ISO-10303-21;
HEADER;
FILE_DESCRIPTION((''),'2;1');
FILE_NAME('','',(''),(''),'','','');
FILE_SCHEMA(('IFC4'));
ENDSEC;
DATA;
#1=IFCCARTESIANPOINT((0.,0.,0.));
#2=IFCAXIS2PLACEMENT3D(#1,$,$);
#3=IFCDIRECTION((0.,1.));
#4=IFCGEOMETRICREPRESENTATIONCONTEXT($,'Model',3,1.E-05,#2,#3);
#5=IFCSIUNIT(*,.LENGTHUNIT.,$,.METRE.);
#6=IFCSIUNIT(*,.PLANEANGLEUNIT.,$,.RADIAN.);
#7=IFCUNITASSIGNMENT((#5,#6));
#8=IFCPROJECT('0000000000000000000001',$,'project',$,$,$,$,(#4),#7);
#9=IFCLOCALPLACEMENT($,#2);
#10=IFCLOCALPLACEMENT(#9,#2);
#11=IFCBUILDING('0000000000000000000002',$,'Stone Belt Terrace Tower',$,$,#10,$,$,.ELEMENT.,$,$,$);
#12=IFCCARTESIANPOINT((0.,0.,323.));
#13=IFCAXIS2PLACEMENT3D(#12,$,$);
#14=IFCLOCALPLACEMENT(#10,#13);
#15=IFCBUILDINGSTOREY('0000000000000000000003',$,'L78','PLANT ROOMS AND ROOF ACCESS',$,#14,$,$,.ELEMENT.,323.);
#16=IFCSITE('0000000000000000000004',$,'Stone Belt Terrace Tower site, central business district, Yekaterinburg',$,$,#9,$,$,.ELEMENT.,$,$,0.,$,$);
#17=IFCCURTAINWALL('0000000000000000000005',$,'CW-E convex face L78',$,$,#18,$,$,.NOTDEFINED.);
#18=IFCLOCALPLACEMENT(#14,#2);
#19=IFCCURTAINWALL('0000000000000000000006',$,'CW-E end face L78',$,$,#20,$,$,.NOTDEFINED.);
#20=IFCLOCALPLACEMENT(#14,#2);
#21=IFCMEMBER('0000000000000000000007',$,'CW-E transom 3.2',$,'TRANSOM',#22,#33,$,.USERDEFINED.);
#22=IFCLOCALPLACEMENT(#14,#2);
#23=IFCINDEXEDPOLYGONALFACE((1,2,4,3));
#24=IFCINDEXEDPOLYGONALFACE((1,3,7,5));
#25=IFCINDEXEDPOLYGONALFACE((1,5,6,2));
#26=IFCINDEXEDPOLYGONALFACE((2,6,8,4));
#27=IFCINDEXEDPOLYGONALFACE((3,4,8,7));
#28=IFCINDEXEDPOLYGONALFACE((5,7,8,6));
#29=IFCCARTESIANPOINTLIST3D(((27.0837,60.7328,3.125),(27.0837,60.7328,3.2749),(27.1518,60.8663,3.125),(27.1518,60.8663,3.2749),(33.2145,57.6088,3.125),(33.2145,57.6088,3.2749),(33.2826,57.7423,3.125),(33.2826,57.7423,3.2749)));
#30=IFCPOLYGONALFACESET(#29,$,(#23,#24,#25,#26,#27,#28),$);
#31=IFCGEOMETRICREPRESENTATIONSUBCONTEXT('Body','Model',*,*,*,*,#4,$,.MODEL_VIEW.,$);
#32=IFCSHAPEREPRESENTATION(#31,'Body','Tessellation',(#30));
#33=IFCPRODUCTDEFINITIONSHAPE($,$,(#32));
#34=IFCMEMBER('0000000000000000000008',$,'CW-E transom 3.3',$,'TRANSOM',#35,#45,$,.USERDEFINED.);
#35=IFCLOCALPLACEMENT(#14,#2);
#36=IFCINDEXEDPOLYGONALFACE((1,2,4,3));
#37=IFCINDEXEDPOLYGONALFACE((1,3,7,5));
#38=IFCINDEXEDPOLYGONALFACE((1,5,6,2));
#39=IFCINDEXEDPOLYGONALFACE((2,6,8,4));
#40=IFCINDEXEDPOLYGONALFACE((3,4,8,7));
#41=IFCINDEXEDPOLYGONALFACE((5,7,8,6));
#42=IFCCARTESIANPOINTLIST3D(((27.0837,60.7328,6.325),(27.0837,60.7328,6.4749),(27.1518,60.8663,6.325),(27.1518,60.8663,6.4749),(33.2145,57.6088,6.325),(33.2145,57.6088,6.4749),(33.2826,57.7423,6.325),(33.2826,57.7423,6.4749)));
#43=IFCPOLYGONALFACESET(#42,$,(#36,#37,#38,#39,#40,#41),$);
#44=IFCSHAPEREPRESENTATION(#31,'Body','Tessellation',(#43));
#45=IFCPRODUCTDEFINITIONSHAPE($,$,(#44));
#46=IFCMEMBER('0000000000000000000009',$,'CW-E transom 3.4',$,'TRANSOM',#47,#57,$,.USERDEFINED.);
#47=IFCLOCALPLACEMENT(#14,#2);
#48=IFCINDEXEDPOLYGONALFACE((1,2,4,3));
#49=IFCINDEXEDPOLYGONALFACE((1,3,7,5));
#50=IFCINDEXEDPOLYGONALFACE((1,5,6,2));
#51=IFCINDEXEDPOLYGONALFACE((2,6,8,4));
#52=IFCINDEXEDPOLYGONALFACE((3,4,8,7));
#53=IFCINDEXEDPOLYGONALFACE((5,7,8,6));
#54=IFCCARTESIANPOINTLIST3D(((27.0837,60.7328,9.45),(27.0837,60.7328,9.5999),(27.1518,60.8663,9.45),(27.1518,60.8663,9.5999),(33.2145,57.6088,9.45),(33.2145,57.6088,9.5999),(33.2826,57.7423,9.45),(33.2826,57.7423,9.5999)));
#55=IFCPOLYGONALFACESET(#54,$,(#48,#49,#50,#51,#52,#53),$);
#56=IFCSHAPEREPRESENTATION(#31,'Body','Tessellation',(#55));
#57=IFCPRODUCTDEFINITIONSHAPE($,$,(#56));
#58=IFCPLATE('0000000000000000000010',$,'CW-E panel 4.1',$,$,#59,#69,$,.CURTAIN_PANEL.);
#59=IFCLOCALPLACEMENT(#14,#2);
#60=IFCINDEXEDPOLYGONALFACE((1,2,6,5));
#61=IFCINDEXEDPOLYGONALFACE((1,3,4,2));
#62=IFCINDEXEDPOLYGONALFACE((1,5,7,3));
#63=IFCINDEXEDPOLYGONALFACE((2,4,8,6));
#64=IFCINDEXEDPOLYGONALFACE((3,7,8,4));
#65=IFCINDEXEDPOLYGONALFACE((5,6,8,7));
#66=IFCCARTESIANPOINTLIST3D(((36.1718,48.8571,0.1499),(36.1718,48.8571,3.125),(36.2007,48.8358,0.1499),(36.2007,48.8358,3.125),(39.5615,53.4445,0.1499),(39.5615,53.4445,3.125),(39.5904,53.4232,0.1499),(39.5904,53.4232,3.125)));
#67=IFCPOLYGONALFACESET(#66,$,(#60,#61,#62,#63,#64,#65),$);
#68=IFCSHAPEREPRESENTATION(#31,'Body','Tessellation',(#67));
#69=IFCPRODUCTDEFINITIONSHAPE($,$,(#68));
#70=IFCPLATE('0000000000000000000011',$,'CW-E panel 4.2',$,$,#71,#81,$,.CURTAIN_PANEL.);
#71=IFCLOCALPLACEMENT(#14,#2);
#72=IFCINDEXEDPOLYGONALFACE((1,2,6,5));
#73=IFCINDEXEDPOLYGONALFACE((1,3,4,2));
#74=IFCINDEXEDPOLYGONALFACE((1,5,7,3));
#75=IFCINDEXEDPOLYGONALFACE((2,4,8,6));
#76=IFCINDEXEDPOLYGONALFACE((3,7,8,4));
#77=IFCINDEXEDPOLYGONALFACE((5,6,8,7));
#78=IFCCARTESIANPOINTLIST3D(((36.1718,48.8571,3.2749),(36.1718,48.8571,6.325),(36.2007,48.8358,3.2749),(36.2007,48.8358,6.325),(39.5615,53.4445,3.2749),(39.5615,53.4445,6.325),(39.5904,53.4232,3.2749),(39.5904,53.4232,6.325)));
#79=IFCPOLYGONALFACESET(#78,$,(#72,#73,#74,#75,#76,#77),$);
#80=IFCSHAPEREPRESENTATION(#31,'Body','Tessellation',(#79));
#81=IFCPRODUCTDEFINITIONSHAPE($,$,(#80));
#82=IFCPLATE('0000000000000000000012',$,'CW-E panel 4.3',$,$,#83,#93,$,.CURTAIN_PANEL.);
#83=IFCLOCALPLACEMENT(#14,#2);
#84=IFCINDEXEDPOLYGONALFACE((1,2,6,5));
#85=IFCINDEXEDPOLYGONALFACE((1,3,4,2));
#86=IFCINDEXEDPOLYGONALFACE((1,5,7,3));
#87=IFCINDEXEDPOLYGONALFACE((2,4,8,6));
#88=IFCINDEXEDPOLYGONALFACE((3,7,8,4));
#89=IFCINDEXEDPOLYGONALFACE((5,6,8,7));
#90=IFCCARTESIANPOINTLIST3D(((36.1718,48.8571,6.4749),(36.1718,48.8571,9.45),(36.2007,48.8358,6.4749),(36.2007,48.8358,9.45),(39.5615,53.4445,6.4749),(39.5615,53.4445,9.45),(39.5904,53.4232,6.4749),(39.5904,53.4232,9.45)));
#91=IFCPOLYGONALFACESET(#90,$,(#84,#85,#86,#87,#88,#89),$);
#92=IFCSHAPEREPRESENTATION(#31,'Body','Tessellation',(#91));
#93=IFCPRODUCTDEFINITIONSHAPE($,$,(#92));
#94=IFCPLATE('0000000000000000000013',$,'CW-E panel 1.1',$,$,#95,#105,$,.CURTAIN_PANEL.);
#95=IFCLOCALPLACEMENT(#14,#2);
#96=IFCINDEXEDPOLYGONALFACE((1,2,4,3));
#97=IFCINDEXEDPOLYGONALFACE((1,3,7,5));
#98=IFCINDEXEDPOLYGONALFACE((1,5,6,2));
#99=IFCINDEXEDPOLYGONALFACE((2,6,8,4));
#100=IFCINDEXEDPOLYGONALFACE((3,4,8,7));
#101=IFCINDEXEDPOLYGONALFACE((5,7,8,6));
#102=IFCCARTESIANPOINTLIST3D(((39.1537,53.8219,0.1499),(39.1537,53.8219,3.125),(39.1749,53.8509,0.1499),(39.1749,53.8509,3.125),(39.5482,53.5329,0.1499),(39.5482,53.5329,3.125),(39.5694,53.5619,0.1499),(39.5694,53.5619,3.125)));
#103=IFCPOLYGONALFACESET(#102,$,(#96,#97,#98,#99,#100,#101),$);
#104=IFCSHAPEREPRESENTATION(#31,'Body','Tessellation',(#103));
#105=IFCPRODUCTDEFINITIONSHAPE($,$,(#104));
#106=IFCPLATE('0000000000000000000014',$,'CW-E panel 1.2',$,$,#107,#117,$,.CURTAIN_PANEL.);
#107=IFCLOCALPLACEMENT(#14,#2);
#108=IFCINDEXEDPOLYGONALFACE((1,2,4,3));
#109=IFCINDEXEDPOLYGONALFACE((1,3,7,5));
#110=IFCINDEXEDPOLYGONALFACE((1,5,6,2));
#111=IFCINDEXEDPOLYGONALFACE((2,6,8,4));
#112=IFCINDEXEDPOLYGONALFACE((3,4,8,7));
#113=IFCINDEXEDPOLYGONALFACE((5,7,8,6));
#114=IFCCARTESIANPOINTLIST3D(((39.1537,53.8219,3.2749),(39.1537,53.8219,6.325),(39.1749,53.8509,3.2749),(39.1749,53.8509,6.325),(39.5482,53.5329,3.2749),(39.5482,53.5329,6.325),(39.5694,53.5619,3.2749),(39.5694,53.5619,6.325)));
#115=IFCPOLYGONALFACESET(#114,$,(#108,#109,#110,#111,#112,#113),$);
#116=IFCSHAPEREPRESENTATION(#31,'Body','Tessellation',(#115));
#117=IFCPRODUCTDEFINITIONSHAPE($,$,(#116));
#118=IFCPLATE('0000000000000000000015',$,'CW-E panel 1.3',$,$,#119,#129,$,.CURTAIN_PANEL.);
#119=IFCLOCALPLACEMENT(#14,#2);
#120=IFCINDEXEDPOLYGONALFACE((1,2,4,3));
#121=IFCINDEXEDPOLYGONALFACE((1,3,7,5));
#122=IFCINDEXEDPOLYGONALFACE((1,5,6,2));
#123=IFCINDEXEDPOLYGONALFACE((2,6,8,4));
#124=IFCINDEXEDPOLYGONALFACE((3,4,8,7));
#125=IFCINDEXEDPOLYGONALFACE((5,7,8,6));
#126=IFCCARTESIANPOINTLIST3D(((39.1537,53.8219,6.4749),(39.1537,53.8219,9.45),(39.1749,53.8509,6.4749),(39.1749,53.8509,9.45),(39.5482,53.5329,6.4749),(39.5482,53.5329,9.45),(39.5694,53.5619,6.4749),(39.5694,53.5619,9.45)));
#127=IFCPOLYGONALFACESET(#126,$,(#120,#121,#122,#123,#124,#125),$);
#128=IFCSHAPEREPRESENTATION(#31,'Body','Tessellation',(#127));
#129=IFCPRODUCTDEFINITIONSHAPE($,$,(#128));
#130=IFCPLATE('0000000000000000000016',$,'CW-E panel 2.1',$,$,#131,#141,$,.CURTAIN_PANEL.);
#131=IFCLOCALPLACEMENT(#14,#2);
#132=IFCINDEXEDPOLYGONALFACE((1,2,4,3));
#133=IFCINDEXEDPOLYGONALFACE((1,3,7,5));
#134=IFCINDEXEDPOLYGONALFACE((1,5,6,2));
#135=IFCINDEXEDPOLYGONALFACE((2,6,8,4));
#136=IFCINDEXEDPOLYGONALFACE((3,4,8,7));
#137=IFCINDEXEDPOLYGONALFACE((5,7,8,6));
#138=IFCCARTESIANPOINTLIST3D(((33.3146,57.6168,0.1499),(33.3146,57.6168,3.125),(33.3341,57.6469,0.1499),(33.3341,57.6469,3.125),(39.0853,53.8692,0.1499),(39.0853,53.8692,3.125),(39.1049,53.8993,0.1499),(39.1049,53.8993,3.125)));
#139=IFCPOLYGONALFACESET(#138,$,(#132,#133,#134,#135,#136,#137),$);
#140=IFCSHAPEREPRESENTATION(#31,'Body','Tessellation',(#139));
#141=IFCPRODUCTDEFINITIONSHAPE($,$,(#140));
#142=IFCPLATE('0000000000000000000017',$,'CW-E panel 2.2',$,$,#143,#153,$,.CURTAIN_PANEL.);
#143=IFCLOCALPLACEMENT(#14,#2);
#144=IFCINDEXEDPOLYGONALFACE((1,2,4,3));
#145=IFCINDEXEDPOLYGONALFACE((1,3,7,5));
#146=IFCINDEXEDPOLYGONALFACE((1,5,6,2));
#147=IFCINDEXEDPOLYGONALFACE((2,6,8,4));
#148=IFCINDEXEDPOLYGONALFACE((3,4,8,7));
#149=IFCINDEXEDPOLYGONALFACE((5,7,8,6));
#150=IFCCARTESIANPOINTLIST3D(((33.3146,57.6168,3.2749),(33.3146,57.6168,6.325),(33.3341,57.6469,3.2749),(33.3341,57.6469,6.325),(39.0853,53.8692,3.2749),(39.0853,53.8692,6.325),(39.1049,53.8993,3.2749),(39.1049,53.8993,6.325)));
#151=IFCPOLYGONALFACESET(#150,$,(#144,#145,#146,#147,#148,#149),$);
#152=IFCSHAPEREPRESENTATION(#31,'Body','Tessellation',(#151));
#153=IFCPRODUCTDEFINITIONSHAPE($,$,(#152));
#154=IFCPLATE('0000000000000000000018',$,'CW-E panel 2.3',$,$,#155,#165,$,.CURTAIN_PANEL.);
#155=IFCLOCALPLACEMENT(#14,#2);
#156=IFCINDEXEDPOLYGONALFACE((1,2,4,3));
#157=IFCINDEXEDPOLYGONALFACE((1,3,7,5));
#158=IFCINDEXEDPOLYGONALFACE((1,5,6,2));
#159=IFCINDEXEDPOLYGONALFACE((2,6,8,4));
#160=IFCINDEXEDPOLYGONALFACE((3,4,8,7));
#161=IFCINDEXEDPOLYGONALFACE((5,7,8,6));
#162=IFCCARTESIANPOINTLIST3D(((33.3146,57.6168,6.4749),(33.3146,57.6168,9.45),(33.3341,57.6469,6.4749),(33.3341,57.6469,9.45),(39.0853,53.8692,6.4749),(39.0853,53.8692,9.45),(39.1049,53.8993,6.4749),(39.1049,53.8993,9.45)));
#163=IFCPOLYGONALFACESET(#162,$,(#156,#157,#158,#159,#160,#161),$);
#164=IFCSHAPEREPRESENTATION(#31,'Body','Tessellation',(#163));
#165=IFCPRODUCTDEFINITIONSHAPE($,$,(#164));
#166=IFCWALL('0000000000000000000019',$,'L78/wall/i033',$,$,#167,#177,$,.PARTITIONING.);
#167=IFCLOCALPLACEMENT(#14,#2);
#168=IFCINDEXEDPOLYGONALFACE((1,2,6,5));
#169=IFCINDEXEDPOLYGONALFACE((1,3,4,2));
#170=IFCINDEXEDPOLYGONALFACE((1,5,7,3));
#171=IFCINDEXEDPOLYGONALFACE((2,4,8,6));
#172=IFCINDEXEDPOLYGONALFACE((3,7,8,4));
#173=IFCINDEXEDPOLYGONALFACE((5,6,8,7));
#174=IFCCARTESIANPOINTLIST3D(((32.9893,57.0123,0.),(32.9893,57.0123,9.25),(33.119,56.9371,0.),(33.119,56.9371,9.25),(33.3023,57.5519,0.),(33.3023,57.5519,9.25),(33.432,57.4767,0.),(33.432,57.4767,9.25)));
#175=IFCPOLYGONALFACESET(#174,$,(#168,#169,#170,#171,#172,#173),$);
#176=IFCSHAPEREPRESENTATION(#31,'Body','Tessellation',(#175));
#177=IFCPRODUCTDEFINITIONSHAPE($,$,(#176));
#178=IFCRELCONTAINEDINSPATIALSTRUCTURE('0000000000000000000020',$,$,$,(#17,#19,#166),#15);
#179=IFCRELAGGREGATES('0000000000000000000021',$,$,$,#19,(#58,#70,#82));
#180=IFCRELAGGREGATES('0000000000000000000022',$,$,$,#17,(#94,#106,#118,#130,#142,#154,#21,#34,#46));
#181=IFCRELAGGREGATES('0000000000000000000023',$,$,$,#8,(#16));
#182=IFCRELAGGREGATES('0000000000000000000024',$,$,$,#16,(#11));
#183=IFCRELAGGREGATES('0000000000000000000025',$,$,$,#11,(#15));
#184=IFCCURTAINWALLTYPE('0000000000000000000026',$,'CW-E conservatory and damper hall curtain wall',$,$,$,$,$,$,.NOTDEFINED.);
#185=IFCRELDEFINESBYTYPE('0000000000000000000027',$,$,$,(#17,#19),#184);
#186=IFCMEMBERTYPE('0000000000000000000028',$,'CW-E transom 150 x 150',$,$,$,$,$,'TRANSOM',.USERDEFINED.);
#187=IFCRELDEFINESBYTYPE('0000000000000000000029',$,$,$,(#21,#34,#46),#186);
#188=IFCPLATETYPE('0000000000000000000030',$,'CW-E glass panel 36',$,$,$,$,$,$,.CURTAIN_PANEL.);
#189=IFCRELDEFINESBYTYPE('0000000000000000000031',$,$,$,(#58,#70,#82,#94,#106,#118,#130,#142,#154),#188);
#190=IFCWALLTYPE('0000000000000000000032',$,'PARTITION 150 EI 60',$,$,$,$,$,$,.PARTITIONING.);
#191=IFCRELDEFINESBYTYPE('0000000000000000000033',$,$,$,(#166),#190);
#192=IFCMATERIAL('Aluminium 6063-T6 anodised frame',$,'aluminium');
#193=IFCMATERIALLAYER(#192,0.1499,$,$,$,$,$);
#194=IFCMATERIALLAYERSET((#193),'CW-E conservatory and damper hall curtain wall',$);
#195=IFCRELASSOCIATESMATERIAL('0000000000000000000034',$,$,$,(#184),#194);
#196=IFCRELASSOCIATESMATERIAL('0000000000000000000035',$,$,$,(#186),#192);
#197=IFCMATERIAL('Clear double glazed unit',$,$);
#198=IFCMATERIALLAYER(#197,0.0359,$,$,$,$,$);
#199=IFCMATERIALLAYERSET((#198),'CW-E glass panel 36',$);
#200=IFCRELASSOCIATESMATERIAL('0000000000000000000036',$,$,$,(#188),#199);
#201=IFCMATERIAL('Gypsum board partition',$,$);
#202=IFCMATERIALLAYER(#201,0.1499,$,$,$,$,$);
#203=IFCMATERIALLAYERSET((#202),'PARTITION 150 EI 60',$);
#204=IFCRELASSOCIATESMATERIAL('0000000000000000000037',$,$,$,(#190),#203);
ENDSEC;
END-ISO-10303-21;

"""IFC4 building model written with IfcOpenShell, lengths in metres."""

from ifc_helpers import new_model, si_unit, direction, frame, frame_2d, origin, origin_2d, place, context, subcontext, project, spatial, rectangle, extrude, material, layer, layer_set, material_profile, profile_set, type_object, element, aggregate, save


model = new_model("IFC4")

# Units and contexts
model_context = context("Model", 3, precision=1e-05, world=origin(), true_north=direction((0.0, 1.0)))
body_context = subcontext(model_context, "Body", "Model", "MODEL_VIEW")
ifc_project = project(units=[si_unit("LENGTHUNIT", "METRE"), si_unit("PLANEANGLEUNIT", "RADIAN")], contexts=[model_context])

# Site, building, storey
site_placement = place(None, origin())
site = spatial("IfcSite", under=ifc_project, at=site_placement, Name="Stone Belt Terrace Tower site, central business district, Yekaterinburg", CompositionType="ELEMENT", RefElevation=0.0)
building_placement = place(site_placement, origin())
building = spatial("IfcBuilding", under=site, at=building_placement, Name="Stone Belt Terrace Tower", CompositionType="ELEMENT")
storey_placement = place(building_placement, frame((0.0, 0.0, 323.0)))
storey = spatial("IfcBuildingStorey", under=building, at=storey_placement, Name="L78", Description="PLANT ROOMS AND ROOF ACCESS", CompositionType="ELEMENT", Elevation=323.0)

# Curtain walls
ifc_material_1 = material(Name="Aluminium 6063-T6 anodised frame", Category="aluminium")
ifc_layer_1 = layer(ifc_material_1, 0.1499)
ifc_layer_set_1 = layer_set([ifc_layer_1], Name="CW-E conservatory and damper hall curtain wall")
curtain_wall_type = type_object("IfcCurtainWallType", Name="CW-E conservatory and damper hall curtain wall", PredefinedType="NOTDEFINED", material=ifc_layer_set_1)
curtain_wall_1_placement = place(storey_placement, origin())
curtain_wall_1 = element("IfcCurtainWall", 1, at=curtain_wall_1_placement, inside=storey, type_object=curtain_wall_type, Name="CW-E convex face L78", PredefinedType="NOTDEFINED")
curtain_wall_2_placement = place(storey_placement, origin())
curtain_wall_2 = element("IfcCurtainWall", 2, at=curtain_wall_2_placement, inside=storey, type_object=curtain_wall_type, Name="CW-E end face L78", PredefinedType="NOTDEFINED")
ifc_material_profile_1 = material_profile(ifc_material_1, rectangle(XDim=0.1499, YDim=0.1499, at=origin_2d()), Name="Aluminium 6063-T6 150x150")
ifc_profile_set_1 = profile_set([ifc_material_profile_1], Name="Aluminium 6063-T6 anodised frame")
member_type_1 = type_object("IfcMemberType", Name="CW-E transom 150 x 150", ElementType="TRANSOM", PredefinedType="USERDEFINED", material=ifc_profile_set_1)

# Members
member_1_placement = place(storey_placement, frame((33.2485, 57.6755, 3.2), z_axis=(-0.890995, 0.454013, 0.0), x_axis=(-0.454013, -0.890995, 0.0)))
member_1 = element("IfcMember", 3, at=member_1_placement, type_object=member_type_1, Name="CW-E transom 3.2", ObjectType="TRANSOM", PredefinedType="USERDEFINED", context=body_context, shape_type="SweptSolid", body=[
    extrude(rectangle(XDim=0.1499, YDim=0.1499, at=origin_2d()), origin(), (0.0, 0.0, 1.0), 6.8809),
])
member_2_placement = place(storey_placement, frame((33.2485, 57.6755, 6.3999), z_axis=(-0.890995, 0.454013, 0.0), x_axis=(-0.454013, -0.890995, 0.0)))
member_2 = element("IfcMember", 4, at=member_2_placement, type_object=member_type_1, Name="CW-E transom 3.3", ObjectType="TRANSOM", PredefinedType="USERDEFINED", context=body_context, shape_type="SweptSolid", body=[
    extrude(rectangle(XDim=0.1499, YDim=0.1499, at=origin_2d()), origin(), (0.0, 0.0, 1.0), 6.8809),
])
member_3_placement = place(storey_placement, frame((33.2485, 57.6755, 9.5249), z_axis=(-0.890995, 0.454013, 0.0), x_axis=(-0.454013, -0.890995, 0.0)))
member_3 = element("IfcMember", 5, at=member_3_placement, type_object=member_type_1, Name="CW-E transom 3.4", ObjectType="TRANSOM", PredefinedType="USERDEFINED", context=body_context, shape_type="SweptSolid", body=[
    extrude(rectangle(XDim=0.1499, YDim=0.1499, at=origin_2d()), origin(), (0.0, 0.0, 1.0), 6.8809),
])

# Plates
ifc_material_2 = material(Name="Clear double glazed unit")
ifc_layer_2 = layer(ifc_material_2, 0.0359)
ifc_layer_set_2 = layer_set([ifc_layer_2], Name="CW-E glass panel 36")
plate_type = type_object("IfcPlateType", Name="CW-E glass panel 36", PredefinedType="CURTAIN_PANEL", material=ifc_layer_set_2)
plate_1_placement = place(storey_placement, frame((37.8811, 51.1401, 0.1499), z_axis=(0.0, 0.0, 1.0), x_axis=(0.594275, 0.804262, 0.0)))
plate_1 = element("IfcPlate", 6, at=plate_1_placement, type_object=plate_type, Name="CW-E panel 4.1", PredefinedType="CURTAIN_PANEL", context=body_context, shape_type="SweptSolid", body=[
    extrude(rectangle(XDim=5.7039, YDim=0.0359, at=origin_2d()), origin(), (0.0, 0.0, 1.0), 2.9751),
])
plate_2_placement = place(storey_placement, frame((37.8811, 51.1401, 3.2749), z_axis=(0.0, 0.0, 1.0), x_axis=(0.594275, 0.804262, 0.0)))
plate_2 = element("IfcPlate", 7, at=plate_2_placement, type_object=plate_type, Name="CW-E panel 4.2", PredefinedType="CURTAIN_PANEL", context=body_context, shape_type="SweptSolid", body=[
    extrude(rectangle(XDim=5.7039, YDim=0.0359, at=origin_2d()), origin(), (0.0, 0.0, 1.0), 3.05),
])
plate_3_placement = place(storey_placement, frame((37.8811, 51.1401, 6.4749), z_axis=(0.0, 0.0, 1.0), x_axis=(0.594275, 0.804262, 0.0)))
plate_3 = element("IfcPlate", 8, at=plate_3_placement, type_object=plate_type, Name="CW-E panel 4.3", PredefinedType="CURTAIN_PANEL", context=body_context, shape_type="SweptSolid", body=[
    extrude(rectangle(XDim=5.7039, YDim=0.0359, at=origin_2d()), origin(), (0.0, 0.0, 1.0), 2.9751),
])
aggregate(curtain_wall_2, [plate_1, plate_2, plate_3])
plate_4_placement = place(storey_placement, frame((39.3616, 53.6919, 0.1499), z_axis=(0.0, 0.0, 1.0), x_axis=(-0.806646, 0.591035, 0.0)))
plate_4 = element("IfcPlate", 9, at=plate_4_placement, type_object=plate_type, Name="CW-E panel 1.1", PredefinedType="CURTAIN_PANEL", context=body_context, shape_type="SweptSolid", body=[
    extrude(rectangle(XDim=0.489, YDim=0.0359, at=origin_2d()), origin(), (0.0, 0.0, 1.0), 2.9751),
])
plate_5_placement = place(storey_placement, frame((39.3616, 53.6919, 3.2749), z_axis=(0.0, 0.0, 1.0), x_axis=(-0.806646, 0.591035, 0.0)))
plate_5 = element("IfcPlate", 10, at=plate_5_placement, type_object=plate_type, Name="CW-E panel 1.2", PredefinedType="CURTAIN_PANEL", context=body_context, shape_type="SweptSolid", body=[
    extrude(rectangle(XDim=0.489, YDim=0.0359, at=origin_2d()), origin(), (0.0, 0.0, 1.0), 3.05),
])
plate_6_placement = place(storey_placement, frame((39.3616, 53.6919, 6.4749), z_axis=(0.0, 0.0, 1.0), x_axis=(-0.806646, 0.591035, 0.0)))
plate_6 = element("IfcPlate", 11, at=plate_6_placement, type_object=plate_type, Name="CW-E panel 1.3", PredefinedType="CURTAIN_PANEL", context=body_context, shape_type="SweptSolid", body=[
    extrude(rectangle(XDim=0.489, YDim=0.0359, at=origin_2d()), origin(), (0.0, 0.0, 1.0), 2.9751),
])
plate_7_placement = place(storey_placement, frame((36.2097, 55.7581, 0.1499), z_axis=(0.0, 0.0, 1.0), x_axis=(-0.838671, 0.544639, 0.0)))
plate_7 = element("IfcPlate", 12, at=plate_7_placement, type_object=plate_type, Name="CW-E panel 2.1", PredefinedType="CURTAIN_PANEL", context=body_context, shape_type="SweptSolid", body=[
    extrude(rectangle(XDim=6.8809, YDim=0.0359, at=origin_2d()), origin(), (0.0, 0.0, 1.0), 2.9751),
])
plate_8_placement = place(storey_placement, frame((36.2097, 55.7581, 3.2749), z_axis=(0.0, 0.0, 1.0), x_axis=(-0.838671, 0.544639, 0.0)))
plate_8 = element("IfcPlate", 13, at=plate_8_placement, type_object=plate_type, Name="CW-E panel 2.2", PredefinedType="CURTAIN_PANEL", context=body_context, shape_type="SweptSolid", body=[
    extrude(rectangle(XDim=6.8809, YDim=0.0359, at=origin_2d()), origin(), (0.0, 0.0, 1.0), 3.05),
])
plate_9_placement = place(storey_placement, frame((36.2097, 55.7581, 6.4749), z_axis=(0.0, 0.0, 1.0), x_axis=(-0.838671, 0.544639, 0.0)))
plate_9 = element("IfcPlate", 14, at=plate_9_placement, type_object=plate_type, Name="CW-E panel 2.3", PredefinedType="CURTAIN_PANEL", context=body_context, shape_type="SweptSolid", body=[
    extrude(rectangle(XDim=6.8809, YDim=0.0359, at=origin_2d()), origin(), (0.0, 0.0, 1.0), 2.9751),
])
aggregate(curtain_wall_1, [plate_4, plate_5, plate_6, plate_7, plate_8, plate_9, member_1, member_2, member_3])

# Wall
ifc_material_3 = material(Name="Gypsum board partition")
ifc_layer_3 = layer(ifc_material_3, 0.1499)
ifc_layer_set_3 = layer_set([ifc_layer_3], Name="PARTITION 150 EI 60")
wall_type = type_object("IfcWallType", Name="PARTITION 150 EI 60", PredefinedType="PARTITIONING", material=ifc_layer_set_3)
wall_placement = place(storey_placement, frame((33.3672, 57.5144, 0.0), z_axis=(0.0, 0.0, 1.0), x_axis=(-0.501777, -0.864997, 0.0)))
element("IfcWall", 15, at=wall_placement, inside=storey, type_object=wall_type, Name="L78/wall/i033", PredefinedType="PARTITIONING", context=body_context, shape_type="SweptSolid", body=[
    extrude(rectangle(XDim=0.6238, YDim=0.1499, at=frame_2d((0.312, 0.0))), origin(), (0.0, 0.0, 1.0), 9.25),
])

save(model, "model.ifc")
